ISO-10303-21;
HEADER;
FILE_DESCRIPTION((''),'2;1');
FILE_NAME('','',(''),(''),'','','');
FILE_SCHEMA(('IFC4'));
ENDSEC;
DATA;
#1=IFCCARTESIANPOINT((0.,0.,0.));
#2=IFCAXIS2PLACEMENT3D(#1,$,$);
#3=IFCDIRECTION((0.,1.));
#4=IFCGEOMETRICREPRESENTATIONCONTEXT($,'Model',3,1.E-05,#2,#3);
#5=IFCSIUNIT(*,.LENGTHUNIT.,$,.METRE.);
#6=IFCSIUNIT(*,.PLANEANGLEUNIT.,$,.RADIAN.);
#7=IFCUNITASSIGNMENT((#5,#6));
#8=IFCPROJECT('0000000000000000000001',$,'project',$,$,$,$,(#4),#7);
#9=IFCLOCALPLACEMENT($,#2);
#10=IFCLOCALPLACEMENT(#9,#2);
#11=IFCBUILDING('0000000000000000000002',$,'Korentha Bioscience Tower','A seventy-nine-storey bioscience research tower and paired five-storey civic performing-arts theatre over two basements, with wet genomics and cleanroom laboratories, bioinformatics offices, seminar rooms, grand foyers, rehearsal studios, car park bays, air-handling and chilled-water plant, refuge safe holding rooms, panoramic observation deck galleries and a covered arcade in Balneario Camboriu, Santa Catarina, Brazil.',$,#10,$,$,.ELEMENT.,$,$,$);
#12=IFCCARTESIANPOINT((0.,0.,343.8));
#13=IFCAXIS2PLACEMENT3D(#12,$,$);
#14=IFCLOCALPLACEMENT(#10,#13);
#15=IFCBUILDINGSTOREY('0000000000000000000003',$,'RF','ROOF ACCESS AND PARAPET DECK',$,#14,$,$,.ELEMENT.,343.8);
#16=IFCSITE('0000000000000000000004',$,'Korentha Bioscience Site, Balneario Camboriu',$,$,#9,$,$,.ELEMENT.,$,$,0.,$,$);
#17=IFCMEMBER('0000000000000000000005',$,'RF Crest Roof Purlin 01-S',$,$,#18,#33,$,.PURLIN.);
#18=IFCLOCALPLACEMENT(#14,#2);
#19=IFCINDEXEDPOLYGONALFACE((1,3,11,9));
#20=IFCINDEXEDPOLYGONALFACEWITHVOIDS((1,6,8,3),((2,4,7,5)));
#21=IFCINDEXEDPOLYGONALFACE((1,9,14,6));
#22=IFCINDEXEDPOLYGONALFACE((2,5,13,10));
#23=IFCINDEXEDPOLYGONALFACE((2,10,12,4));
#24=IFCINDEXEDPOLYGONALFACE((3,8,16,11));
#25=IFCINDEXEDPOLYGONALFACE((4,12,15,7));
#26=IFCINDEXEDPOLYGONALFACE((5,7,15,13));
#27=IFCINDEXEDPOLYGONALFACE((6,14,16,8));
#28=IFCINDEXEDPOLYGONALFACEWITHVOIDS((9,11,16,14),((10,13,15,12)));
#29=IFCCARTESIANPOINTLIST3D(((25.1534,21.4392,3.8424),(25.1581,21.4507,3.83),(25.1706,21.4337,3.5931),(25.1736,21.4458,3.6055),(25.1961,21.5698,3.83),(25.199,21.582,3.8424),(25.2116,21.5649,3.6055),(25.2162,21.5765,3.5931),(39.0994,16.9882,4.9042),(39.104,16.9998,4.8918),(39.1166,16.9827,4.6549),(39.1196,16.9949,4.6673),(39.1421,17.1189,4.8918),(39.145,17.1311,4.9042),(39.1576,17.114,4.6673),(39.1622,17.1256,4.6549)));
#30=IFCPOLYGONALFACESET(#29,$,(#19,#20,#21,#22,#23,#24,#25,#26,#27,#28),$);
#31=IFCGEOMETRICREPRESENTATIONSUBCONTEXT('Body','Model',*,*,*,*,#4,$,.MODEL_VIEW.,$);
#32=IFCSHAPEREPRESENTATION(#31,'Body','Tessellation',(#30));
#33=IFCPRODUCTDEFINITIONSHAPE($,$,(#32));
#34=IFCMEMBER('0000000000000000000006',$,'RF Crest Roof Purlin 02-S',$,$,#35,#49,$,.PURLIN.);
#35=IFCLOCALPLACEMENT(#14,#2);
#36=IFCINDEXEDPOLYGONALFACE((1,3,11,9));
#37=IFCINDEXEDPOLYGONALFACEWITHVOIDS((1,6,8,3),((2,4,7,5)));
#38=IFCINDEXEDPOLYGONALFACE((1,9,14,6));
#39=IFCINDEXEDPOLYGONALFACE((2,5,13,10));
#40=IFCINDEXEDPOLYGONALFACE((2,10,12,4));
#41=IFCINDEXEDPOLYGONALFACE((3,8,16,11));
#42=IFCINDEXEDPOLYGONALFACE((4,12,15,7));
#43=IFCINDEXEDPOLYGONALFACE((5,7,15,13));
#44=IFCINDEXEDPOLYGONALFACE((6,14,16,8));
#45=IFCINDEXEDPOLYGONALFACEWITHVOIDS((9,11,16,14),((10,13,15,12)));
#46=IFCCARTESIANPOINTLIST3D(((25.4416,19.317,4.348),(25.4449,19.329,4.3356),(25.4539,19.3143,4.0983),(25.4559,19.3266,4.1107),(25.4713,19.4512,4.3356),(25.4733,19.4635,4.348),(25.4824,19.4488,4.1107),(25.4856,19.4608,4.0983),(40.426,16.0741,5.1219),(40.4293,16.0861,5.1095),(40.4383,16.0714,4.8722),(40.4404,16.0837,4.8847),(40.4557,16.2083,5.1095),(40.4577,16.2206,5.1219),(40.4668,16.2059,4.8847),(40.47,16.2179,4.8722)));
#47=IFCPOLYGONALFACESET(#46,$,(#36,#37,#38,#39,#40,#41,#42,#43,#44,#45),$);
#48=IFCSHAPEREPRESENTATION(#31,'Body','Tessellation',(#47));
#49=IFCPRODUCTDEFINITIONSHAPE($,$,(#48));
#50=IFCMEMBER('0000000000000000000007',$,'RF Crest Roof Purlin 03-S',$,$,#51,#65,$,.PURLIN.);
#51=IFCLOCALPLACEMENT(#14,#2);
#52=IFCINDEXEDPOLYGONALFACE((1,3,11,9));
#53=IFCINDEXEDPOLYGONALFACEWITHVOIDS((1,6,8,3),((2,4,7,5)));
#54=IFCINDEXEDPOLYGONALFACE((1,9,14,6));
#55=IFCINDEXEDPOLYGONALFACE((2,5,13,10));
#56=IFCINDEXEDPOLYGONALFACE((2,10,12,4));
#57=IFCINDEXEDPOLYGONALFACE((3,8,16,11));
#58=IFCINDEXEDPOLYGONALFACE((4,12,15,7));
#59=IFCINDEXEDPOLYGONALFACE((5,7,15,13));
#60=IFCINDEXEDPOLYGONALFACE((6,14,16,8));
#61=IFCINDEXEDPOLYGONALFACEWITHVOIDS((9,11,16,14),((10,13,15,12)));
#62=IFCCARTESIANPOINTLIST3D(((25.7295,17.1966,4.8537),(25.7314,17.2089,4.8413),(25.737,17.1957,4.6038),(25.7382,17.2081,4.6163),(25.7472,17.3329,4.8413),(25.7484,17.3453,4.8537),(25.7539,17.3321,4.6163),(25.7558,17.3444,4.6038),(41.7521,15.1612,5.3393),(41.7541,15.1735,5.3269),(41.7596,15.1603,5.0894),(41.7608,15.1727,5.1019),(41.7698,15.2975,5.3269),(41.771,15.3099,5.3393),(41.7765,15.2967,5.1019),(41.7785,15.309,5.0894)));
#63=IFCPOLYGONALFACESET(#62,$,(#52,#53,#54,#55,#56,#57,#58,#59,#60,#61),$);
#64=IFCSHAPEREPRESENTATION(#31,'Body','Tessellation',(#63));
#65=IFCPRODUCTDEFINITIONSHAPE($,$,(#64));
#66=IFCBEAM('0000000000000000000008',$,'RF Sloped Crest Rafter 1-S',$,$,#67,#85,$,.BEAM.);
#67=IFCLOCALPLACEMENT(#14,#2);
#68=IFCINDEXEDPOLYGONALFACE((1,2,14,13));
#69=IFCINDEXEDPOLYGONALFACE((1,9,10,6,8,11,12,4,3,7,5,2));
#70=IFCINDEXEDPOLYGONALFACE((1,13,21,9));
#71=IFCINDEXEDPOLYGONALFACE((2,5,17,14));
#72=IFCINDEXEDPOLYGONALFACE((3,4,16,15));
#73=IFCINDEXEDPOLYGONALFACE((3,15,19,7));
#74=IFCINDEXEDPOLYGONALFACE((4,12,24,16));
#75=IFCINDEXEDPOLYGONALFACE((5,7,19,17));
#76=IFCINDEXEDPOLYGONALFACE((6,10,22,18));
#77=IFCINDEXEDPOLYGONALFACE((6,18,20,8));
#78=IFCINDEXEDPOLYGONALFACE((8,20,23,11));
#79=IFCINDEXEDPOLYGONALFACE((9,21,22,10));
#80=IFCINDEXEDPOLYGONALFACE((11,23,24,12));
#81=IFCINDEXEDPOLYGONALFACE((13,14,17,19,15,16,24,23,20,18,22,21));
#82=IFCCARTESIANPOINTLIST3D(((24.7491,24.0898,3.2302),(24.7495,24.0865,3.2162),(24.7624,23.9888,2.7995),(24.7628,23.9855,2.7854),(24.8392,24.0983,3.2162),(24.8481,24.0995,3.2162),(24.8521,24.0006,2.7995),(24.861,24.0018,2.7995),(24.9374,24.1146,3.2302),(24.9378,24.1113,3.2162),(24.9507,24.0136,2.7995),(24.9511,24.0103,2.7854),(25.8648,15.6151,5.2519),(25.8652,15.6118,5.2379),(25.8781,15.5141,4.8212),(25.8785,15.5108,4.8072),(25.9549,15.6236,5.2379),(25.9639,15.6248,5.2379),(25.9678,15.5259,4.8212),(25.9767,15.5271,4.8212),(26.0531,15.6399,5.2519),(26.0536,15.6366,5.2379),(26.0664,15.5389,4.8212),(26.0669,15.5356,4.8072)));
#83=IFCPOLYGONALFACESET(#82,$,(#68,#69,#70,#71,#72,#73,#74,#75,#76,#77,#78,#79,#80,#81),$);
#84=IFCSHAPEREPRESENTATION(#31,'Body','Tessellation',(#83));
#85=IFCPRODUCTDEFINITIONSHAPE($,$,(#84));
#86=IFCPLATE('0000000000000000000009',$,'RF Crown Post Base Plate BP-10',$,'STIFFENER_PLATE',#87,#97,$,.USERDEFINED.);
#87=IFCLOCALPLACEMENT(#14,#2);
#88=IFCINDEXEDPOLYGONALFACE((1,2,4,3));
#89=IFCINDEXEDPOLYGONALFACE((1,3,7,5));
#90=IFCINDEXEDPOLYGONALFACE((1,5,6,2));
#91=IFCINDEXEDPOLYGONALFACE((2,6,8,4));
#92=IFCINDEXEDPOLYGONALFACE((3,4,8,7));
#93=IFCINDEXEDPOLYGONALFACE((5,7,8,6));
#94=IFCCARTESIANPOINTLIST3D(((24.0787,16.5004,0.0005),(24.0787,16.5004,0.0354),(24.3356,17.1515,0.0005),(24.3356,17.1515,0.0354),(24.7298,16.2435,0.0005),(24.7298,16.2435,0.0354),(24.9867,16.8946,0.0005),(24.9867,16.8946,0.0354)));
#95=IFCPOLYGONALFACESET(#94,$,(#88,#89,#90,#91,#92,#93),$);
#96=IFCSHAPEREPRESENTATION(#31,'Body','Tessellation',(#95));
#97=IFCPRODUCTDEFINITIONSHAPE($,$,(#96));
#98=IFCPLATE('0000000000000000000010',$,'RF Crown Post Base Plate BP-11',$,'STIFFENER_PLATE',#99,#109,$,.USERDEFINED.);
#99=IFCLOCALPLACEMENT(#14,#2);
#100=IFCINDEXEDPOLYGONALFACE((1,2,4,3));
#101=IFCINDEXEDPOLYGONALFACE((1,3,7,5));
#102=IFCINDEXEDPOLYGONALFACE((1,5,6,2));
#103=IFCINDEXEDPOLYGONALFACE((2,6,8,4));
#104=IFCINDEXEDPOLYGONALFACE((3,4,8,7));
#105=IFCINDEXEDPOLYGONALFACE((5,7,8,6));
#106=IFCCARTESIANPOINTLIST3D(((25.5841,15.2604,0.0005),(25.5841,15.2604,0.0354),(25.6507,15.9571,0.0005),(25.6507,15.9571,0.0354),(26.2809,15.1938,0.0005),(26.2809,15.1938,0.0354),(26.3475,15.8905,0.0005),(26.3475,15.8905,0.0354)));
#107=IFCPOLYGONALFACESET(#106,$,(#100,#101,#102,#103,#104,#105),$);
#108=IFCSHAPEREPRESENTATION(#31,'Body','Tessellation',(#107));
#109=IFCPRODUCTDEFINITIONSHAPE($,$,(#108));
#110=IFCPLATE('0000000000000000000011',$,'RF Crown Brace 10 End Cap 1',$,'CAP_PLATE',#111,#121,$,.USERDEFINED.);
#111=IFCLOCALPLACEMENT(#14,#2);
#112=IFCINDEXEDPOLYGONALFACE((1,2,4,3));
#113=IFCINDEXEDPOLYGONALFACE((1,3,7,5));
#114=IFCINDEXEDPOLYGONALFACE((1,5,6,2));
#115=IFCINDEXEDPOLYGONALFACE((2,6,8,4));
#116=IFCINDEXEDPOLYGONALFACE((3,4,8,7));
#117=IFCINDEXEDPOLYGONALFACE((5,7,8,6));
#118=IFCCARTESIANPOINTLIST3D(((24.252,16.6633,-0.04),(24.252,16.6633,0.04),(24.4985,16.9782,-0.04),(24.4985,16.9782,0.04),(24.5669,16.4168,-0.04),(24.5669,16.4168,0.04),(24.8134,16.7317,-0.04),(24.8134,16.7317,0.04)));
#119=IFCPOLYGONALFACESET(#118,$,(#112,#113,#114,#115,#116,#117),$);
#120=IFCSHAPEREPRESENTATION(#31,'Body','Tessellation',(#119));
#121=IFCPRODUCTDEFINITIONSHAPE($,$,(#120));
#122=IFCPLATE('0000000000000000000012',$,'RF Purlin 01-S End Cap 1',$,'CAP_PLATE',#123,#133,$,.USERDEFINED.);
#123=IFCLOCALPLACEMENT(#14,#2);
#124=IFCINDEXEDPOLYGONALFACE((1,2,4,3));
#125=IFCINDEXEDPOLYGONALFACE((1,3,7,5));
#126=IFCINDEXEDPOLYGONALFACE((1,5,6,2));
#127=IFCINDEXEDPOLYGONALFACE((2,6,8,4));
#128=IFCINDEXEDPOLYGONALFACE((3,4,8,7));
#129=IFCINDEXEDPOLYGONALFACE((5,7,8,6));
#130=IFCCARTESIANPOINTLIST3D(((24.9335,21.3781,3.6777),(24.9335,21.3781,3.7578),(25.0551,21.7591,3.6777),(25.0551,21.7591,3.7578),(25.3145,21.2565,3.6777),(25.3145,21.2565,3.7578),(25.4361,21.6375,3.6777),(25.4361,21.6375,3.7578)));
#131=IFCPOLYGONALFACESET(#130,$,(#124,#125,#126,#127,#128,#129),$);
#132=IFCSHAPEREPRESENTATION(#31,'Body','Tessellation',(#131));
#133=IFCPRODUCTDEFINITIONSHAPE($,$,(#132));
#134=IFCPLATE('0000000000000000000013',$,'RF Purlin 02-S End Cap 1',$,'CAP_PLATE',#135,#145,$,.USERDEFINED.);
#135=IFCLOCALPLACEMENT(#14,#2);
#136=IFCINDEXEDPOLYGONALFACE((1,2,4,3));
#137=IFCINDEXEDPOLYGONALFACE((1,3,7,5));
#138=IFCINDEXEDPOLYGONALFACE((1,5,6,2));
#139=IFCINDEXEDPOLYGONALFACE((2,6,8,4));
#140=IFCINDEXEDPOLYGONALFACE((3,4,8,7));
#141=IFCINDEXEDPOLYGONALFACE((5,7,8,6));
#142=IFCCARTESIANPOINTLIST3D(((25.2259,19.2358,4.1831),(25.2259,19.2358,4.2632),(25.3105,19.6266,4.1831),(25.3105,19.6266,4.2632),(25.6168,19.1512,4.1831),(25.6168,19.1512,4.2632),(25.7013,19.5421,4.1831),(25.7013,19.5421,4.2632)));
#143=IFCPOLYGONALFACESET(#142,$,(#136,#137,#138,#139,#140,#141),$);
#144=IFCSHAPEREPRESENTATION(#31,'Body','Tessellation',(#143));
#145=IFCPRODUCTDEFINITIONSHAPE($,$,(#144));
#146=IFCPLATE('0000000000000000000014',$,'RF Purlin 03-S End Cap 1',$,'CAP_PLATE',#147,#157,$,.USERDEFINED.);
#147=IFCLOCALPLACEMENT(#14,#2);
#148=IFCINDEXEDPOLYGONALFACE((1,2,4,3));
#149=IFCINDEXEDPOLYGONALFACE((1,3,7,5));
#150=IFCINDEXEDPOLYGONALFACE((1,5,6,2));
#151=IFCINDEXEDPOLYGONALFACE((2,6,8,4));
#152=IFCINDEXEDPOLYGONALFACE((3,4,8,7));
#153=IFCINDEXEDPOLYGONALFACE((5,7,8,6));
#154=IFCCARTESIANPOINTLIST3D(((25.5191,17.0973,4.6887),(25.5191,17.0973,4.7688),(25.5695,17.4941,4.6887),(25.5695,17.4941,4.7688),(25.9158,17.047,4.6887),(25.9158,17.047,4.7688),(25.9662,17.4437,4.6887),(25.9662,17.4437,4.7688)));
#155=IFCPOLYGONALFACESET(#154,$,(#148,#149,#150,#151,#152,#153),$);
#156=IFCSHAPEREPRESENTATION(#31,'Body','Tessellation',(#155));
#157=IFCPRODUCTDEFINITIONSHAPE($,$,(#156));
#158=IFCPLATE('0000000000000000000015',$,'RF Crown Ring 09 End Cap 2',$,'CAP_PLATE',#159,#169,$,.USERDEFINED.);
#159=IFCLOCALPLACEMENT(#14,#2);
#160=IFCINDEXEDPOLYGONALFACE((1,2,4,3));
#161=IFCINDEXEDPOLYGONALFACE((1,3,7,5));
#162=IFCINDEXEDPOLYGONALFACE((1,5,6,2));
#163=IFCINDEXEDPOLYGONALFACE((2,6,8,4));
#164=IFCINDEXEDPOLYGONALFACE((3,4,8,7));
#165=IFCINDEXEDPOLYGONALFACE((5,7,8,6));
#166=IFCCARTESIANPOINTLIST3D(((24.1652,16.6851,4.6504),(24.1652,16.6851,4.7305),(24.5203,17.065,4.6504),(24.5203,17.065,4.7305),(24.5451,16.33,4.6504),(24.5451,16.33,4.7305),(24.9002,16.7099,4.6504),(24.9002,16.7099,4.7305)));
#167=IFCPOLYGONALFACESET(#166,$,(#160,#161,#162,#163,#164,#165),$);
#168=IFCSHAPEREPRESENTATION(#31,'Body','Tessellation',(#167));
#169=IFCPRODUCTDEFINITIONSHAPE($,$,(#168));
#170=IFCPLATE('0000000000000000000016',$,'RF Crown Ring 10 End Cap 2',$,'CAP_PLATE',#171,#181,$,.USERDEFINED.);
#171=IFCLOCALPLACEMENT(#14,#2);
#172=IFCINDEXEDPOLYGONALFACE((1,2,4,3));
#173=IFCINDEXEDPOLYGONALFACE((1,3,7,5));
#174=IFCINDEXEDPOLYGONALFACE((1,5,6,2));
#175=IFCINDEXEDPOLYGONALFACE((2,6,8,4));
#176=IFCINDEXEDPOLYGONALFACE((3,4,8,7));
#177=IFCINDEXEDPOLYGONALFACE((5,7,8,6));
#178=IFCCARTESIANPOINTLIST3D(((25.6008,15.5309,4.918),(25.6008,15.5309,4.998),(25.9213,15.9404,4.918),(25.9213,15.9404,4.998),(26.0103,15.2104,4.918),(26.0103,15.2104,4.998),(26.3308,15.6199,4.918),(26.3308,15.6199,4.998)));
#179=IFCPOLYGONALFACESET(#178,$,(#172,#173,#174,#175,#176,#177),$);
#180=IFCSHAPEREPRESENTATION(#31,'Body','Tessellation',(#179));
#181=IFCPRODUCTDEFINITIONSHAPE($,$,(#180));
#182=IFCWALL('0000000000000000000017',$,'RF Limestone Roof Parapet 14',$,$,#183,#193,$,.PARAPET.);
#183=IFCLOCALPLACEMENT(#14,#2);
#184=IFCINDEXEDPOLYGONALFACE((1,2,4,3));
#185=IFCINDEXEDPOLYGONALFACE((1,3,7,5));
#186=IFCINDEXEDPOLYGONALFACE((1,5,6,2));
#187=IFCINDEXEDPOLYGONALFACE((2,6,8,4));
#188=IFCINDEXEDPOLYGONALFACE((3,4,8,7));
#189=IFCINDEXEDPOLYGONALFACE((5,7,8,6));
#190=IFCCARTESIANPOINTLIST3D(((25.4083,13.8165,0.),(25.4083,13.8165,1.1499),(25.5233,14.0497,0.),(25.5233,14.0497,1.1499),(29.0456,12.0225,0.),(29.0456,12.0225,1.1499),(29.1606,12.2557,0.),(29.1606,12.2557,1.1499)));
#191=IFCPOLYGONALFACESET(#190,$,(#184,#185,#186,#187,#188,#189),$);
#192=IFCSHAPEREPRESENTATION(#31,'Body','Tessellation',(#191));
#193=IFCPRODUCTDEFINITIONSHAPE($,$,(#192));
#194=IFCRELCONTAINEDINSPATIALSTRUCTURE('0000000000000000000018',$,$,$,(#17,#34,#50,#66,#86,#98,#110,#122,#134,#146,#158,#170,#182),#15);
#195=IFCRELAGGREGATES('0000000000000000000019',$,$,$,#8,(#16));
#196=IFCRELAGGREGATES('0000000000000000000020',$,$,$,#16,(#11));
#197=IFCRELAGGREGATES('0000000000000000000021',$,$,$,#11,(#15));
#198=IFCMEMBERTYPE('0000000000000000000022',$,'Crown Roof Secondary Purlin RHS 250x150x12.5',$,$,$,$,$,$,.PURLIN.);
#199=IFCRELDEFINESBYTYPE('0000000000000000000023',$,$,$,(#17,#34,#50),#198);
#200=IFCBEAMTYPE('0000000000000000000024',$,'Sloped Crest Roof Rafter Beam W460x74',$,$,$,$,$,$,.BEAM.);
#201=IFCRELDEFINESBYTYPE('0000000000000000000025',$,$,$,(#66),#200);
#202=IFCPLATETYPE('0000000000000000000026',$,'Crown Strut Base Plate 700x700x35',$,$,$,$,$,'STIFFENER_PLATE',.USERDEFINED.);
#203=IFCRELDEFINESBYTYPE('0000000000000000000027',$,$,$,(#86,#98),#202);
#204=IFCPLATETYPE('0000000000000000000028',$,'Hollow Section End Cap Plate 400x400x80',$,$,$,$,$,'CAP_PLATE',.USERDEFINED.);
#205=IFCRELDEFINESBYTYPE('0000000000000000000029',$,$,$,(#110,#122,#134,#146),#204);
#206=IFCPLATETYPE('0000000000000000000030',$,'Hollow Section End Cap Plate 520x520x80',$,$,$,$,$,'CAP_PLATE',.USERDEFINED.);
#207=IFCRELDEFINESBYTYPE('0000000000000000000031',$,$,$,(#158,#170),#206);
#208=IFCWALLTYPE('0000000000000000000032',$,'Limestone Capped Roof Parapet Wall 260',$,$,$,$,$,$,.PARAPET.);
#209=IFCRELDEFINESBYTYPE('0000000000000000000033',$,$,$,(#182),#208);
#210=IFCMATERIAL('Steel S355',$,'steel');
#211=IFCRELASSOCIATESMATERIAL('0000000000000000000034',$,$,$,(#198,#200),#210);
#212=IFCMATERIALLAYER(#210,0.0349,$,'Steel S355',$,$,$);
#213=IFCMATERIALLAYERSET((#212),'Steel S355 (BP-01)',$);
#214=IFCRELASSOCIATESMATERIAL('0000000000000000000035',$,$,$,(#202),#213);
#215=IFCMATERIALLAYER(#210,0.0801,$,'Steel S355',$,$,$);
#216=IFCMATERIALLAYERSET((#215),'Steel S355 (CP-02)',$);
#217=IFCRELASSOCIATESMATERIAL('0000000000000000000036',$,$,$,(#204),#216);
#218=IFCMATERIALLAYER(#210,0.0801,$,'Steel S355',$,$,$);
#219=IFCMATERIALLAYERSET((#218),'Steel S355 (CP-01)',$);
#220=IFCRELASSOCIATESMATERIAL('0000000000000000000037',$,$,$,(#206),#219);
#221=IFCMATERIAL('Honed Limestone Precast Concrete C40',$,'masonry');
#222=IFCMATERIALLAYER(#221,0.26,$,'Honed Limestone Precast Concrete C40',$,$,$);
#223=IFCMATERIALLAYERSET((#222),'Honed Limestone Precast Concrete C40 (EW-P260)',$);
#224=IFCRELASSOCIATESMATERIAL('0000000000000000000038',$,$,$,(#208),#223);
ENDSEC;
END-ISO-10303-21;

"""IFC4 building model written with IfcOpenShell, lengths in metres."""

from ifc_helpers import new_model, si_unit, direction, frame, frame_2d, origin, origin_2d, place, context, subcontext, project, spatial, rectangle, hollow_rectangle, i_section, extrude, material, layer, layer_set, material_profile, profile_set, type_object, element, save


model = new_model("IFC4")

# Units and contexts
model_context = context("Model", 3, precision=1e-05, world=origin(), true_north=direction((0.0, 1.0)))
body_context = subcontext(model_context, "Body", "Model", "MODEL_VIEW")
ifc_project = project(units=[si_unit("LENGTHUNIT", "METRE"), si_unit("PLANEANGLEUNIT", "RADIAN")], contexts=[model_context])

# Site, building, storey
site_placement = place(None, origin())
site = spatial("IfcSite", under=ifc_project, at=site_placement, Name="Korentha Bioscience Site, Balneario Camboriu", CompositionType="ELEMENT", RefElevation=0.0)
building_placement = place(site_placement, origin())
building = spatial("IfcBuilding", under=site, at=building_placement, Name="Korentha Bioscience Tower", Description="A seventy-nine-storey bioscience research tower and paired five-storey civic performing-arts theatre over two basements, with wet genomics and cleanroom laboratories, bioinformatics offices, seminar rooms, grand foyers, rehearsal studios, car park bays, air-handling and chilled-water plant, refuge safe holding rooms, panoramic observation deck galleries and a covered arcade in Balneario Camboriu, Santa Catarina, Brazil.", CompositionType="ELEMENT")
storey_placement = place(building_placement, frame((0.0, 0.0, 343.8)))
storey = spatial("IfcBuildingStorey", under=building, at=storey_placement, Name="RF", Description="ROOF ACCESS AND PARAPET DECK", CompositionType="ELEMENT", Elevation=343.8)

# Shared definitions
ifc_material_1 = material(Name="Steel S355", Category="steel")

# Members
ifc_material_profile_1 = material_profile(ifc_material_1, hollow_rectangle(XDim=0.1499, YDim=0.25, WallThickness=0.0125, at=origin_2d()), Name="Steel S355")
ifc_profile_set_1 = profile_set([ifc_material_profile_1], Name="Steel S355 (CR-P250)")
member_type_1 = type_object("IfcMemberType", Name="Crown Roof Secondary Purlin RHS 250x150x12.5", PredefinedType="PURLIN", material=ifc_profile_set_1)
member_1_placement = place(storey_placement, frame((25.1848, 21.5078, 3.7178), z_axis=(0.950162, -0.303247, 0.07234), x_axis=(0.304044, 0.952658, 0.0)))
element("IfcMember", 1, at=member_1_placement, inside=storey, type_object=member_type_1, Name="RF Crest Roof Purlin 01-S", PredefinedType="PURLIN", context=body_context, shape_type="SweptSolid", body=[
    extrude(hollow_rectangle(XDim=0.1499, YDim=0.25, WallThickness=0.0125, at=origin_2d()), origin(), (0.0, 0.0, 1.0), 14.6775),
])
member_2_placement = place(storey_placement, frame((25.4636, 19.3889, 4.2231), z_axis=(0.97613, -0.211254, 0.050416), x_axis=(0.211523, 0.977373, 0.0)))
element("IfcMember", 2, at=member_2_placement, inside=storey, type_object=member_type_1, Name="RF Crest Roof Purlin 02-S", PredefinedType="PURLIN", context=body_context, shape_type="SweptSolid", body=[
    extrude(hollow_rectangle(XDim=0.1499, YDim=0.25, WallThickness=0.0125, at=origin_2d()), origin(), (0.0, 0.0, 1.0), 15.3508),
])
member_3_placement = place(storey_placement, frame((25.7427, 17.2705, 4.7288), z_axis=(0.99158, -0.125963, 0.030052), x_axis=(0.12602, 0.992028, 0.0)))
element("IfcMember", 3, at=member_3_placement, inside=storey, type_object=member_type_1, Name="RF Crest Roof Purlin 03-S", PredefinedType="PURLIN", context=body_context, shape_type="SweptSolid", body=[
    extrude(hollow_rectangle(XDim=0.1499, YDim=0.25, WallThickness=0.0125, at=origin_2d()), origin(), (0.0, 0.0, 1.0), 16.1587),
])

# Beam
ifc_material_profile_2 = material_profile(ifc_material_1, i_section(OverallWidth=0.1899, OverallDepth=0.457, WebThickness=0.009, FlangeThickness=0.0144, at=origin_2d()), Name="Steel S355")
ifc_profile_set_2 = profile_set([ifc_material_profile_2], Name="Steel S355 (CR-B460)")
beam_type_1 = type_object("IfcBeamType", Name="Sloped Crest Roof Rafter Beam W460x74", PredefinedType="BEAM", material=ifc_profile_set_2)
beam_1_placement = place(storey_placement, frame((24.8501, 24.05, 3.0078), z_axis=(0.127024, -0.964824, 0.230171), x_axis=(0.991445, 0.130528, 0.0)))
element("IfcBeam", 4, at=beam_1_placement, inside=storey, type_object=beam_type_1, Name="RF Sloped Crest Rafter 1-S", PredefinedType="BEAM", context=body_context, shape_type="SweptSolid", body=[
    extrude(i_section(OverallWidth=0.1899, OverallDepth=0.457, WebThickness=0.009, FlangeThickness=0.0144, at=origin_2d()), origin(), (0.0, 0.0, 1.0), 8.7837),
])

# Plates
ifc_layer_1 = layer(ifc_material_1, 0.0349, Name="Steel S355")
ifc_layer_set_1 = layer_set([ifc_layer_1], Name="Steel S355 (BP-01)")
plate_type_1 = type_object("IfcPlateType", Name="Crown Strut Base Plate 700x700x35", ElementType="STIFFENER_PLATE", PredefinedType="USERDEFINED", material=ifc_layer_set_1)
for number, where, z_axis, x_axis, name in (
    (5, (24.5327, 16.6975, 0.0005), (0.0, 0.0, 1.0), (-0.930226, 0.366988, 0.0), "RF Crown Post Base Plate BP-10"),
    (6, (25.9658, 15.5754, 0.0005), (0.0, 0.0, 1.0), (-0.995463, 0.095151, 0.0), "RF Crown Post Base Plate BP-11"),
):
    element("IfcPlate", number, at=place(storey_placement, frame(where, z_axis=z_axis, x_axis=x_axis)), inside=storey, type_object=plate_type_1, Name=name, ObjectType="STIFFENER_PLATE", PredefinedType="USERDEFINED", context=body_context, shape_type="SweptSolid", body=[
        extrude(rectangle(XDim=0.7, YDim=0.7, at=origin_2d()), origin(), (0.0, 0.0, 1.0), 0.0349),
    ])
ifc_layer_2 = layer(ifc_material_1, 0.0801, Name="Steel S355")
ifc_layer_set_2 = layer_set([ifc_layer_2], Name="Steel S355 (CP-02)")
plate_type_2 = type_object("IfcPlateType", Name="Hollow Section End Cap Plate 400x400x80", ElementType="CAP_PLATE", PredefinedType="USERDEFINED", material=ifc_layer_set_2)
for number, where, z_axis, x_axis, name in (
    (7, (24.5327, 16.6975, -0.04), (0.0, 0.0, 1.0), (-0.787473, 0.616349, 0.0), "RF Crown Brace 10 End Cap 1"),
    (8, (25.1848, 21.5078, 3.6777), (0.0, 0.0, 1.0), (-0.952661, 0.304033, 0.0), "RF Purlin 01-S End Cap 1"),
    (9, (25.4636, 19.3889, 4.1831), (0.0, 0.0, 1.0), (-0.977379, 0.211495, 0.0), "RF Purlin 02-S End Cap 1"),
    (10, (25.7427, 17.2705, 4.6887), (0.0, 0.0, 1.0), (-0.992027, 0.126026, 0.0), "RF Purlin 03-S End Cap 1"),
):
    element("IfcPlate", number, at=place(storey_placement, frame(where, z_axis=z_axis, x_axis=x_axis)), inside=storey, type_object=plate_type_2, Name=name, ObjectType="CAP_PLATE", PredefinedType="USERDEFINED", context=body_context, shape_type="SweptSolid", body=[
        extrude(rectangle(XDim=0.3999, YDim=0.3999, at=origin_2d()), origin(), (0.0, 0.0, 1.0), 0.0801),
    ])
ifc_layer_3 = layer(ifc_material_1, 0.0801, Name="Steel S355")
ifc_layer_set_3 = layer_set([ifc_layer_3], Name="Steel S355 (CP-01)")
plate_type_3 = type_object("IfcPlateType", Name="Hollow Section End Cap Plate 520x520x80", ElementType="CAP_PLATE", PredefinedType="USERDEFINED", material=ifc_layer_set_3)
for number, where, z_axis, x_axis, name in (
    (11, (24.5327, 16.6975, 4.6504), (0.0, 0.0, 1.0), (-0.73052, 0.682891, 0.0), "RF Crown Ring 09 End Cap 2"),
    (12, (25.9658, 15.5754, 4.918), (0.0, 0.0, 1.0), (-0.787473, 0.616349, 0.0), "RF Crown Ring 10 End Cap 2"),
):
    element("IfcPlate", number, at=place(storey_placement, frame(where, z_axis=z_axis, x_axis=x_axis)), inside=storey, type_object=plate_type_3, Name=name, ObjectType="CAP_PLATE", PredefinedType="USERDEFINED", context=body_context, shape_type="SweptSolid", body=[
        extrude(rectangle(XDim=0.52, YDim=0.52, at=origin_2d()), origin(), (0.0, 0.0, 1.0), 0.0801),
    ])

# Wall
ifc_material_2 = material(Name="Honed Limestone Precast Concrete C40", Category="masonry")
ifc_layer_4 = layer(ifc_material_2, 0.26, Name="Honed Limestone Precast Concrete C40")
ifc_layer_set_4 = layer_set([ifc_layer_4], Name="Honed Limestone Precast Concrete C40 (EW-P260)")
wall_type_1 = type_object("IfcWallType", Name="Limestone Capped Roof Parapet Wall 260", PredefinedType="PARAPET", material=ifc_layer_set_4)
wall_1_placement = place(storey_placement, frame((25.4658, 13.9331, 0.0), z_axis=(0.0, 0.0, 1.0), x_axis=(0.896846, -0.442343, 0.0)))
element("IfcWall", 13, at=wall_1_placement, inside=storey, type_object=wall_type_1, Name="RF Limestone Roof Parapet 14", PredefinedType="PARAPET", context=body_context, shape_type="SweptSolid", body=[
    extrude(rectangle(XDim=4.0557, YDim=0.26, at=frame_2d((2.0278, 0.0))), origin(), (0.0, 0.0, 1.0), 1.1499),
])

save(model, "model.ifc")
